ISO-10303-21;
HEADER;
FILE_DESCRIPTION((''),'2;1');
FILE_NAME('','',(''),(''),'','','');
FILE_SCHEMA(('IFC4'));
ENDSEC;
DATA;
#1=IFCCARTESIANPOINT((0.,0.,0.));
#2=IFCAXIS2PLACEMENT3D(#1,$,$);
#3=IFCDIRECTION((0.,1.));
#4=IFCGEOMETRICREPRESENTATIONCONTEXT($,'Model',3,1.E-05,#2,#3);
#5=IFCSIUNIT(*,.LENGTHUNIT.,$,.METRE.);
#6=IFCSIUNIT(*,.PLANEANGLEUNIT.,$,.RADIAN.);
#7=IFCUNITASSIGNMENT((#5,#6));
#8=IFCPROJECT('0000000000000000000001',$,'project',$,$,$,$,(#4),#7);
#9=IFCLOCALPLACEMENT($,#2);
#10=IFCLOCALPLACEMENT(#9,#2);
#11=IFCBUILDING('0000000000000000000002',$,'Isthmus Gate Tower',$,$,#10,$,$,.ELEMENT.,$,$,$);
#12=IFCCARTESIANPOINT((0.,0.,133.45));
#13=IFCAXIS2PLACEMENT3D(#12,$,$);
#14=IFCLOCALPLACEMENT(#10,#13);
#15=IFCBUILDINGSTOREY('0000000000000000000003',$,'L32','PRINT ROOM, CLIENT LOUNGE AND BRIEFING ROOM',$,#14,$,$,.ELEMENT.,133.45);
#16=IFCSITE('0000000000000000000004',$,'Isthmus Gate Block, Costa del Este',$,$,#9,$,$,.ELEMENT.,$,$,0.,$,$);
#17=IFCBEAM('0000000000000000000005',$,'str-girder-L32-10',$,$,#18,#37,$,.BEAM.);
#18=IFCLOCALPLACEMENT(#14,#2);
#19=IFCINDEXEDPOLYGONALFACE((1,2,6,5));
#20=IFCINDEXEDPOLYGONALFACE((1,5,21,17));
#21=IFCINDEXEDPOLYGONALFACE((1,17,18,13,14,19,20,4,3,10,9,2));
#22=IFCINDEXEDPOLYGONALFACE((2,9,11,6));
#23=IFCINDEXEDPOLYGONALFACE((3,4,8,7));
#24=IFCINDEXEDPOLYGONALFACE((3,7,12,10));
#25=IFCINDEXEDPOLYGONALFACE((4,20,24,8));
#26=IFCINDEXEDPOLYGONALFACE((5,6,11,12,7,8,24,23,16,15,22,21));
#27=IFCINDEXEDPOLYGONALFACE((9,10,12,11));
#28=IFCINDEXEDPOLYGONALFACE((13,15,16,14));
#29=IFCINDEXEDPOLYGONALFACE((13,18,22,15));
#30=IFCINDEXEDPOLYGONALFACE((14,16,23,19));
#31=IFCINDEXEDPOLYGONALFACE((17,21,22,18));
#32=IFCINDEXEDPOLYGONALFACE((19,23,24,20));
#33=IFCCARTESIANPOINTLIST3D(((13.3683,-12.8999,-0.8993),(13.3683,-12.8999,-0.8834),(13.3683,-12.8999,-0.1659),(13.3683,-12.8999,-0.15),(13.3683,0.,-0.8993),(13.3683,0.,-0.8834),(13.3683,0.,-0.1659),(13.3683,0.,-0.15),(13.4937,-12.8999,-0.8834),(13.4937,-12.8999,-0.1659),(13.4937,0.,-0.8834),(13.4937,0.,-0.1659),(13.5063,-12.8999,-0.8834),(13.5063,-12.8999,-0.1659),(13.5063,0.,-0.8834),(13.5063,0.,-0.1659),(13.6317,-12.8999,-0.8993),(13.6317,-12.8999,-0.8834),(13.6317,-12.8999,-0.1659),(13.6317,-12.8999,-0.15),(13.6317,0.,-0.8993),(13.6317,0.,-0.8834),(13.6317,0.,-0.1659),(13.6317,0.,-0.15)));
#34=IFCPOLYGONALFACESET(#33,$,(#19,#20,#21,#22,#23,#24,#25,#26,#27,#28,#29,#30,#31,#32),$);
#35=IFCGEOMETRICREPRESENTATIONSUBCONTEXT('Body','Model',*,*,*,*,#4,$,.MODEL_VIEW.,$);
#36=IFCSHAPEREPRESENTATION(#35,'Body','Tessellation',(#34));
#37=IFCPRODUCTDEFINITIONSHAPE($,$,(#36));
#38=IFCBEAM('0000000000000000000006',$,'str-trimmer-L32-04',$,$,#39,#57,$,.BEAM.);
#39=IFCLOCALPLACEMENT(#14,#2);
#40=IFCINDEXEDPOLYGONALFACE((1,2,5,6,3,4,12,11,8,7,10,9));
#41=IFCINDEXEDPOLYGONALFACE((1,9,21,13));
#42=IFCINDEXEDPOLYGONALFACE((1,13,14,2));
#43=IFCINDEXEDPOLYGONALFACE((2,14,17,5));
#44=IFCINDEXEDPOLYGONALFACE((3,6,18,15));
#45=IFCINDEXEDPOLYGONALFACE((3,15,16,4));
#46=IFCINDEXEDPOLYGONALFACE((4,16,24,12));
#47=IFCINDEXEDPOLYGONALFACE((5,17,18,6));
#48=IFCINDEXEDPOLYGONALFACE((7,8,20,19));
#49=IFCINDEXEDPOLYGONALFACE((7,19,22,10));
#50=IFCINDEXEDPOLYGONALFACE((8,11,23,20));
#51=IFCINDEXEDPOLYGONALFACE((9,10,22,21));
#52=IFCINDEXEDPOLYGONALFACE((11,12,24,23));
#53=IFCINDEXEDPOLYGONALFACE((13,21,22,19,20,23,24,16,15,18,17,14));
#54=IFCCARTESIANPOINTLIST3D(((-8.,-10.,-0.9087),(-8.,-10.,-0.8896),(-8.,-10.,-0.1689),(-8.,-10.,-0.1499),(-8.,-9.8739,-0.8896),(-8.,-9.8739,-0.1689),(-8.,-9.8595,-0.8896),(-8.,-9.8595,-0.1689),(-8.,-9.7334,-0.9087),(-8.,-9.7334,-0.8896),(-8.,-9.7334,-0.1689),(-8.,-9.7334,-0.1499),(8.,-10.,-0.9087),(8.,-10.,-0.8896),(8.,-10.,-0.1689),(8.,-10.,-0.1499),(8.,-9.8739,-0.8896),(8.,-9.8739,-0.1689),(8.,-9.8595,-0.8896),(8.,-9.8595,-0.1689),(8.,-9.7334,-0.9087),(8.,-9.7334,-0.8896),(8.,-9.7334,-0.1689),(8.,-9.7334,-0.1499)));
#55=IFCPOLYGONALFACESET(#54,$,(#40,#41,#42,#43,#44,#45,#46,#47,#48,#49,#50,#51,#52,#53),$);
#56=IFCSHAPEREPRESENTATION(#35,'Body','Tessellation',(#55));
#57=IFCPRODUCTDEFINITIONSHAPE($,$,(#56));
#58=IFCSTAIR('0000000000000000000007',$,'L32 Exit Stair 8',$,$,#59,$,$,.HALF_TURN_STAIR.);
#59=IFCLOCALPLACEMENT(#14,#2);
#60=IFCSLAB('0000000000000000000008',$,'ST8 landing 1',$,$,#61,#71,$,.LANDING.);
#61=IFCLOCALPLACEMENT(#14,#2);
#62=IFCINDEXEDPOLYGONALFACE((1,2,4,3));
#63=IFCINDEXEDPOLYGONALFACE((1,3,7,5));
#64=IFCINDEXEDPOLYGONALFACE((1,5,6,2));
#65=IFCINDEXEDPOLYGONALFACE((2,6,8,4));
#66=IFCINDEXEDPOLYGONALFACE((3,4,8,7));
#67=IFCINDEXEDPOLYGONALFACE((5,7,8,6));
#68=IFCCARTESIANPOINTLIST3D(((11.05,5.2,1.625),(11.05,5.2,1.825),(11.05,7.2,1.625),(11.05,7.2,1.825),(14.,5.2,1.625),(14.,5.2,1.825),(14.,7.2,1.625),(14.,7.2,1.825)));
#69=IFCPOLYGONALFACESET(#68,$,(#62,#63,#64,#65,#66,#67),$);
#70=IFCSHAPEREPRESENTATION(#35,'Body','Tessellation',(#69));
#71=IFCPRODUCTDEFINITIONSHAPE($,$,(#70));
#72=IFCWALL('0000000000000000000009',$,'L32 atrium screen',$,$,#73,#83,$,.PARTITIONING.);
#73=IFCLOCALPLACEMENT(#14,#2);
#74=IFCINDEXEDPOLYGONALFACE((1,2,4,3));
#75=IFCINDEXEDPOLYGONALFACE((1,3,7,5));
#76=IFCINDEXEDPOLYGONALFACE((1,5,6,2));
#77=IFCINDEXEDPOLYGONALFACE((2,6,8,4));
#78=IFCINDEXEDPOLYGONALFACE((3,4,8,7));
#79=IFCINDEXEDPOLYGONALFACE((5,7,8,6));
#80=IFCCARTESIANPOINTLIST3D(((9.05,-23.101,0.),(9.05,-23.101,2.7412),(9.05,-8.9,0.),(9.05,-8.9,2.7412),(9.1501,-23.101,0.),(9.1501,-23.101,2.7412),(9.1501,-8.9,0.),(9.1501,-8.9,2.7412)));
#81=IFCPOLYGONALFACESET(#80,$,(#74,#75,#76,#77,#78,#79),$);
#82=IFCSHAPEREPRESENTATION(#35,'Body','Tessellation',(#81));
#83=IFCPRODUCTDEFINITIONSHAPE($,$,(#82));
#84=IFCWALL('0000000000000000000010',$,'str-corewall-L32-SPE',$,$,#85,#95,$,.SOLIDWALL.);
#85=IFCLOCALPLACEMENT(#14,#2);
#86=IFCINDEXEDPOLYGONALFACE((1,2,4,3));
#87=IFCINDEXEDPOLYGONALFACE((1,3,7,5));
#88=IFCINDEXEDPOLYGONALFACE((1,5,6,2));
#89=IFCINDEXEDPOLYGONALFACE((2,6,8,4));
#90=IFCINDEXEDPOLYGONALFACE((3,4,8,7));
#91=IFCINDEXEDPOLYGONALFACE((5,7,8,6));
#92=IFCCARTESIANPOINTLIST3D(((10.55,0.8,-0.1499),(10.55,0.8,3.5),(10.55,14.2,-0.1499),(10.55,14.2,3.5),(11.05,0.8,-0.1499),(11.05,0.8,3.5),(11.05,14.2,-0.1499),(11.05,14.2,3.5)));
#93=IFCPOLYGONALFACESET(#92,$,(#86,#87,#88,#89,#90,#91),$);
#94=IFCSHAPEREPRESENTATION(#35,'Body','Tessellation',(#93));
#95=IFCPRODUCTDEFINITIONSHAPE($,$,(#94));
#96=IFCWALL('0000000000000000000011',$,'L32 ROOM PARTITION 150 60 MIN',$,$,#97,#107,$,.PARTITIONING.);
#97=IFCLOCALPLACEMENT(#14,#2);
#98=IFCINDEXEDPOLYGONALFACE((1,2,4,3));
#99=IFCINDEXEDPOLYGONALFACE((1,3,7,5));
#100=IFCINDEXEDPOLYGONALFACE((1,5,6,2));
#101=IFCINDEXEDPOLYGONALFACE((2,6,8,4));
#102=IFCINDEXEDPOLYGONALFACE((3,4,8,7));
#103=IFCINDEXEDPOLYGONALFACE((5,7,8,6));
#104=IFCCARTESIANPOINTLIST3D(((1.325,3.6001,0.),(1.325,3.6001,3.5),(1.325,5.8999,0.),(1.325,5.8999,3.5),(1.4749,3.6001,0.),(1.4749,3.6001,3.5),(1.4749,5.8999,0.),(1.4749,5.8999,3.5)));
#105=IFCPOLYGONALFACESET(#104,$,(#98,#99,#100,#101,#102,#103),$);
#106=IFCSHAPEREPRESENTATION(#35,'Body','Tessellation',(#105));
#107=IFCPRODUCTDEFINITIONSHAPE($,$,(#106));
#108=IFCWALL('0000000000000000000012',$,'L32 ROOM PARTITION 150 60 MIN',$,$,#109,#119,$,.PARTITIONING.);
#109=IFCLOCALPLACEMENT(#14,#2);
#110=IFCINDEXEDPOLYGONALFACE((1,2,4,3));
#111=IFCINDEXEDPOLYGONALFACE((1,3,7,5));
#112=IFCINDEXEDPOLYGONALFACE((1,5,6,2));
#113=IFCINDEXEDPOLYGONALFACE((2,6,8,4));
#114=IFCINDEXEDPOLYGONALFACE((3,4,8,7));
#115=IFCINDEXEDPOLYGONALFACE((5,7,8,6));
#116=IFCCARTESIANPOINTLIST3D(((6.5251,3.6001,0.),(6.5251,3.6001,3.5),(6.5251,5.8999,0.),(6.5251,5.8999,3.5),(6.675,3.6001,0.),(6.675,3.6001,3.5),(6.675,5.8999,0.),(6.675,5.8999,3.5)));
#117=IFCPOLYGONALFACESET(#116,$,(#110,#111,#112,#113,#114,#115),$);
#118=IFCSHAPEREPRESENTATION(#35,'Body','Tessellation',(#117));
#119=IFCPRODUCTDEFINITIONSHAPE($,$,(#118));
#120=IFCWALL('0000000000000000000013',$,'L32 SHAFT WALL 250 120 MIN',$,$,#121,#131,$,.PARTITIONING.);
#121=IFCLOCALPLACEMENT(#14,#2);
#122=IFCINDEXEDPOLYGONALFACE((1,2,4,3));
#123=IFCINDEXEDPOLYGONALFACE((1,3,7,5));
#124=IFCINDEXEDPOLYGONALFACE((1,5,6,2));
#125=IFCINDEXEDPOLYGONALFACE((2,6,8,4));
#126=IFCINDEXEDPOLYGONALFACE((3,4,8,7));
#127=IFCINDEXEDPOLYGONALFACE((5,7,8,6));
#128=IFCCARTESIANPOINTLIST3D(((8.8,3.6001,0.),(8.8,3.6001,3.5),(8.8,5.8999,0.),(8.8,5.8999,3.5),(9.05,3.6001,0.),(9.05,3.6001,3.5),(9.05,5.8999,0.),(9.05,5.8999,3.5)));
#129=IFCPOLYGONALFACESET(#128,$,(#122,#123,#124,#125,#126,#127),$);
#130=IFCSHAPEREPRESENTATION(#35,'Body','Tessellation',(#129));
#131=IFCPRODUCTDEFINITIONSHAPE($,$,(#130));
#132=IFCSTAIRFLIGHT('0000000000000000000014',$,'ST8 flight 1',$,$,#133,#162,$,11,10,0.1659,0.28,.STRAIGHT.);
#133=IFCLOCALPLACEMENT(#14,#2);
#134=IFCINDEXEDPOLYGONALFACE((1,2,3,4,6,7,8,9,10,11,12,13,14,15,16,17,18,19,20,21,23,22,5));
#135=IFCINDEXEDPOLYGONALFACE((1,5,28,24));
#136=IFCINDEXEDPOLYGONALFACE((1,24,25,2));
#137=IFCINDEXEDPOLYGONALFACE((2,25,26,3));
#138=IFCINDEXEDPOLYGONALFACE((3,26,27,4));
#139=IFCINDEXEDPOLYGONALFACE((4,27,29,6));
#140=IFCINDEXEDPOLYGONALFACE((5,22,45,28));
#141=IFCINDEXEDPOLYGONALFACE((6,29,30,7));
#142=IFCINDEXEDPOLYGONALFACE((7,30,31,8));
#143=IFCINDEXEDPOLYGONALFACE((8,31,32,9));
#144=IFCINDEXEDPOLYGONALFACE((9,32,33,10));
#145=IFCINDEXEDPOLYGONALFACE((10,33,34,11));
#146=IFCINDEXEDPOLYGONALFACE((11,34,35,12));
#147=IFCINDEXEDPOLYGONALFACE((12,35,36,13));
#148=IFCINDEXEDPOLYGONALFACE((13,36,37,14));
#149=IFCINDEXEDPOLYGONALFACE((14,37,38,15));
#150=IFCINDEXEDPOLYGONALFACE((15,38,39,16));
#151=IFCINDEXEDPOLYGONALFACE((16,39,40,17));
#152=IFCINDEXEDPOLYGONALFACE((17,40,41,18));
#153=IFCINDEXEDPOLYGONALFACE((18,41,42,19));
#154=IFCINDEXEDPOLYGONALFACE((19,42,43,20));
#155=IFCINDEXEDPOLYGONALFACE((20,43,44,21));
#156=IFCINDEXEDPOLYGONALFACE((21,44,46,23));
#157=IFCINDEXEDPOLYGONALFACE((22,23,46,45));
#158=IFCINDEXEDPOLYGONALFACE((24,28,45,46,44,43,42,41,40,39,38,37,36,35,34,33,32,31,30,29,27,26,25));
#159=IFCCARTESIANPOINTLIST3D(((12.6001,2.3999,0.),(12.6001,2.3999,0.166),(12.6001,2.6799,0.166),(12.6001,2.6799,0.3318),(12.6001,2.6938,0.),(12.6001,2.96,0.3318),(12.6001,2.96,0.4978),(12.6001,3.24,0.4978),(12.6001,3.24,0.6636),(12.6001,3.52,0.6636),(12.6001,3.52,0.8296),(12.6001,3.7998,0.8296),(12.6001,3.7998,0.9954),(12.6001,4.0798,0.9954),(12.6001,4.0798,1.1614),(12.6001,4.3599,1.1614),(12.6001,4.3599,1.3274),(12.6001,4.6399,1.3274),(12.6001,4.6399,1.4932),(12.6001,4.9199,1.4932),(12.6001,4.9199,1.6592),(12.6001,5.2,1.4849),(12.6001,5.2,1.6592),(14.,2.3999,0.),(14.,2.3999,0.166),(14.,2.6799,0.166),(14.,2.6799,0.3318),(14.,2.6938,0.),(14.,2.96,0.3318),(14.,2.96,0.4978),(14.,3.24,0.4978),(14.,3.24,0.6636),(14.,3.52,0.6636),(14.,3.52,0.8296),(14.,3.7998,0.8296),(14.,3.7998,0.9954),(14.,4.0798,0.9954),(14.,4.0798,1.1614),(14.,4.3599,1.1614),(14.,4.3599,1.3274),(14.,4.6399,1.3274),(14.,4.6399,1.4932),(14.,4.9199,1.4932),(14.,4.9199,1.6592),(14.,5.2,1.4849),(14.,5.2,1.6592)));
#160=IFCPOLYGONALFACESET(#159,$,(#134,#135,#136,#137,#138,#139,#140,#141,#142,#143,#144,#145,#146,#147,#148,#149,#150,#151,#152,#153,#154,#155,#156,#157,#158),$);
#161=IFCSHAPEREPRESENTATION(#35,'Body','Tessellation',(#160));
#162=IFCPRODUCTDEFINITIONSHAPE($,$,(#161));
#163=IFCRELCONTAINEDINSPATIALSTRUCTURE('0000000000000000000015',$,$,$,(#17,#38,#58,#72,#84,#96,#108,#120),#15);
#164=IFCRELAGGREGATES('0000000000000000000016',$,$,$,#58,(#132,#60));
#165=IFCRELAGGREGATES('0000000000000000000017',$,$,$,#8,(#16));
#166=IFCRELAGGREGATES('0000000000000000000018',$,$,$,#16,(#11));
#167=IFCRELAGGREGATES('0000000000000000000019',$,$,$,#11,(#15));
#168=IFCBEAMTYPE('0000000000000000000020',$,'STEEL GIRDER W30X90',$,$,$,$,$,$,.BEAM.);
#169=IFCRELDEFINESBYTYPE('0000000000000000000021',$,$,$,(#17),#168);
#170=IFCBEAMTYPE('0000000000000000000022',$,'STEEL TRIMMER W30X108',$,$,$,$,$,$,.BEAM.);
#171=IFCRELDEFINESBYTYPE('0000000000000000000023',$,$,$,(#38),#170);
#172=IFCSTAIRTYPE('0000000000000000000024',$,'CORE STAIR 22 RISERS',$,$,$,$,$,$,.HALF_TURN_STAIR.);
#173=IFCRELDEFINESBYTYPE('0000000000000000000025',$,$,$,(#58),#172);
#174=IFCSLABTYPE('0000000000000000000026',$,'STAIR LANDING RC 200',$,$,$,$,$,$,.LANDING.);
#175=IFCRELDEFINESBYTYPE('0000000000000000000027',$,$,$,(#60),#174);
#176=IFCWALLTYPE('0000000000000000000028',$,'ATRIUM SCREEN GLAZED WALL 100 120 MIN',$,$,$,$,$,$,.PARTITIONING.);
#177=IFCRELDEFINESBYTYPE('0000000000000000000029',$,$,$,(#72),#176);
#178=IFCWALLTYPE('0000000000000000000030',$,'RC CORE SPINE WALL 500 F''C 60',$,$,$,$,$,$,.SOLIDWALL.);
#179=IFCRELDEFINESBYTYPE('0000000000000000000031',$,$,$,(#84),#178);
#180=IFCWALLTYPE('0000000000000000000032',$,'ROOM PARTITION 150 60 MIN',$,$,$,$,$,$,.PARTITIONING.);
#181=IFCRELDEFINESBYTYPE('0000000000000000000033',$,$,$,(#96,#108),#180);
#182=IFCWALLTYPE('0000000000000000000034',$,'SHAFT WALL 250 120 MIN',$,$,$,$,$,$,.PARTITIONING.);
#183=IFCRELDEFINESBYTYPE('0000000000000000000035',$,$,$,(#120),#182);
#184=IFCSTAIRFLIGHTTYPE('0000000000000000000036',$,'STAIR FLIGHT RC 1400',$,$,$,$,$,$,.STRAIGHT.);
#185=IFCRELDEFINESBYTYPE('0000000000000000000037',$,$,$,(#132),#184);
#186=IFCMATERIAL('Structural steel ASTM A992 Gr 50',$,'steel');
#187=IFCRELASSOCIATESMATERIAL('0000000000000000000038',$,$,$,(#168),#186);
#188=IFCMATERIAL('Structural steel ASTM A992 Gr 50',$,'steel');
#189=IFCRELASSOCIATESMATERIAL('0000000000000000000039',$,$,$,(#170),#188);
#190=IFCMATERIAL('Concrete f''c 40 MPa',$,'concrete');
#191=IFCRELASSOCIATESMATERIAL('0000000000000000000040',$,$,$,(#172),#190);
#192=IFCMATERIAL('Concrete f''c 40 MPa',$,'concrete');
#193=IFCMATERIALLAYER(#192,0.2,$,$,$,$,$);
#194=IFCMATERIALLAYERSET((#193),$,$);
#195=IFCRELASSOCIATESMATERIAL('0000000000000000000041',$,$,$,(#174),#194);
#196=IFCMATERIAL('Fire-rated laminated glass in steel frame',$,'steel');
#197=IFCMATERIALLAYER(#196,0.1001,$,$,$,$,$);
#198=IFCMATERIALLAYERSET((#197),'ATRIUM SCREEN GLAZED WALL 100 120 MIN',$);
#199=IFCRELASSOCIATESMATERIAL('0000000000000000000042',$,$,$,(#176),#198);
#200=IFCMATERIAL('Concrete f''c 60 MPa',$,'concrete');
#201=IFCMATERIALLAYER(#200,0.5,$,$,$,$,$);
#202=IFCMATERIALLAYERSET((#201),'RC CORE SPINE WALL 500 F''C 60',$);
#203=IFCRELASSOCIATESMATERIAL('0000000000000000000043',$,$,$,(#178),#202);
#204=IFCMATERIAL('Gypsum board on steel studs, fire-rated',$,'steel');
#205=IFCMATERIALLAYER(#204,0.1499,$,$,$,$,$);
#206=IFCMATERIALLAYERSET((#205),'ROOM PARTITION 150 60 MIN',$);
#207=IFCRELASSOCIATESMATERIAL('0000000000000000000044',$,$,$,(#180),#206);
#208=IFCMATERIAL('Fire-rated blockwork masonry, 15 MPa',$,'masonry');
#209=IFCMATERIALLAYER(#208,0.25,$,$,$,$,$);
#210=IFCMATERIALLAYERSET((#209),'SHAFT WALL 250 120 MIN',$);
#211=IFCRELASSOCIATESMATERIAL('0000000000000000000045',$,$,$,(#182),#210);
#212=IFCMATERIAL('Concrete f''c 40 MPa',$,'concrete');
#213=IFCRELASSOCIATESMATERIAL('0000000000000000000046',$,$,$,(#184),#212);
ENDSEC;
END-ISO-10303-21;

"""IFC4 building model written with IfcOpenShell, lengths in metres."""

from ifc_helpers import new_model, si_unit, direction, frame, frame_2d, origin, origin_2d, place, context, subcontext, project, spatial, polyline, rectangle, i_section, outline, extrude, material, layer, layer_set, material_profile, profile_set, type_object, element, aggregate, save


model = new_model("IFC4")

# Units and contexts
model_context = context("Model", 3, precision=1e-05, world=origin(), true_north=direction((0.0, 1.0)))
body_context = subcontext(model_context, "Body", "Model", "MODEL_VIEW")
ifc_project = project(units=[si_unit("LENGTHUNIT", "METRE"), si_unit("PLANEANGLEUNIT", "RADIAN")], contexts=[model_context])

# Site, building, storey
site_placement = place(None, origin())
site = spatial("IfcSite", under=ifc_project, at=site_placement, Name="Isthmus Gate Block, Costa del Este", CompositionType="ELEMENT", RefElevation=0.0)
building_placement = place(site_placement, origin())
building = spatial("IfcBuilding", under=site, at=building_placement, Name="Isthmus Gate Tower", CompositionType="ELEMENT")
storey_placement = place(building_placement, frame((0.0, 0.0, 133.45)))
storey = spatial("IfcBuildingStorey", under=building, at=storey_placement, Name="L32", Description="PRINT ROOM, CLIENT LOUNGE AND BRIEFING ROOM", CompositionType="ELEMENT", Elevation=133.45)

# Beams
ifc_material_1 = material(Name="Structural steel ASTM A992 Gr 50", Category="steel")
ifc_material_profile_1 = material_profile(ifc_material_1, i_section(OverallWidth=0.2634, OverallDepth=0.7493, WebThickness=0.0127, FlangeThickness=0.0159, at=origin_2d()), Name="W30X90")
ifc_profile_set_1 = profile_set([ifc_material_profile_1], Name="Structural steel ASTM A992 Gr 50")
beam_type_1 = type_object("IfcBeamType", Name="STEEL GIRDER W30X90", PredefinedType="BEAM", material=ifc_profile_set_1)
beam_1_placement = place(storey_placement, frame((13.5, -12.8999, -0.5247), z_axis=(0.0, 1.0, 0.0), x_axis=(-1.0, 0.0, 0.0)))
element("IfcBeam", 1, at=beam_1_placement, inside=storey, type_object=beam_type_1, Name="str-girder-L32-10", PredefinedType="BEAM", context=body_context, shape_type="SweptSolid", body=[
    extrude(i_section(OverallWidth=0.2634, OverallDepth=0.7493, WebThickness=0.0127, FlangeThickness=0.0159, at=origin_2d()), origin(), (0.0, 0.0, 1.0), 12.8999),
])
ifc_material_2 = material(Name="Structural steel ASTM A992 Gr 50", Category="steel")
ifc_material_profile_2 = material_profile(ifc_material_2, i_section(OverallWidth=0.2666, OverallDepth=0.7588, WebThickness=0.0144, FlangeThickness=0.019, at=origin_2d()), Name="W30X108")
ifc_profile_set_2 = profile_set([ifc_material_profile_2], Name="Structural steel ASTM A992 Gr 50")
beam_type_2 = type_object("IfcBeamType", Name="STEEL TRIMMER W30X108", PredefinedType="BEAM", material=ifc_profile_set_2)
beam_2_placement = place(storey_placement, frame((8.0, -9.8667, -0.5293), z_axis=(-1.0, 0.0, 0.0), x_axis=(0.0, -1.0, 0.0)))
element("IfcBeam", 2, at=beam_2_placement, inside=storey, type_object=beam_type_2, Name="str-trimmer-L32-04", PredefinedType="BEAM", context=body_context, shape_type="SweptSolid", body=[
    extrude(i_section(OverallWidth=0.2666, OverallDepth=0.7588, WebThickness=0.0144, FlangeThickness=0.019, at=origin_2d()), origin(), (0.0, 0.0, 1.0), 16.0),
])

# Stair, slab
ifc_material_3 = material(Name="Concrete f'c 40 MPa", Category="concrete")
stair_type = type_object("IfcStairType", Name="CORE STAIR 22 RISERS", PredefinedType="HALF_TURN_STAIR", material=ifc_material_3)
stair_placement = place(storey_placement, origin())
stair = element("IfcStair", 3, at=stair_placement, inside=storey, type_object=stair_type, Name="L32 Exit Stair 8", PredefinedType="HALF_TURN_STAIR")
ifc_material_4 = material(Name="Concrete f'c 40 MPa", Category="concrete")
ifc_layer_1 = layer(ifc_material_4, 0.2)
ifc_layer_set_1 = layer_set([ifc_layer_1])
slab_type = type_object("IfcSlabType", Name="STAIR LANDING RC 200", PredefinedType="LANDING", material=ifc_layer_set_1)
slab_placement = place(storey_placement, frame((0.0, 0.0, 1.625)))
slab = element("IfcSlab", 4, at=slab_placement, type_object=slab_type, Name="ST8 landing 1", PredefinedType="LANDING", context=body_context, shape_type="SweptSolid", body=[
    extrude(outline(polyline([(14.0, 5.2), (14.0, 7.2), (11.05, 7.2), (11.05, 5.2), (14.0, 5.2)])), origin(), (0.0, 0.0, 1.0), 0.2),
])

# Walls
ifc_material_5 = material(Name="Fire-rated laminated glass in steel frame", Category="steel")
ifc_layer_2 = layer(ifc_material_5, 0.1001)
ifc_layer_set_2 = layer_set([ifc_layer_2], Name="ATRIUM SCREEN GLAZED WALL 100 120 MIN")
wall_type_1 = type_object("IfcWallType", Name="ATRIUM SCREEN GLAZED WALL 100 120 MIN", PredefinedType="PARTITIONING", material=ifc_layer_set_2)
wall_1_placement = place(storey_placement, frame((9.1001, -8.8999, 0.0), z_axis=(0.0, 0.0, 1.0), x_axis=(0.0, -1.0, 0.0)))
element("IfcWall", 5, at=wall_1_placement, inside=storey, type_object=wall_type_1, Name="L32 atrium screen", PredefinedType="PARTITIONING", context=body_context, shape_type="SweptSolid", body=[
    extrude(rectangle(XDim=14.2009, YDim=0.1001, at=frame_2d((7.1006, 0.0))), origin(), (0.0, 0.0, 1.0), 2.7412),
])
ifc_material_6 = material(Name="Concrete f'c 60 MPa", Category="concrete")
ifc_layer_3 = layer(ifc_material_6, 0.5)
ifc_layer_set_3 = layer_set([ifc_layer_3], Name="RC CORE SPINE WALL 500 F'C 60")
wall_type_2 = type_object("IfcWallType", Name="RC CORE SPINE WALL 500 F'C 60", PredefinedType="SOLIDWALL", material=ifc_layer_set_3)
wall_2_placement = place(storey_placement, frame((10.8, 0.8, -0.1499), z_axis=(0.0, 0.0, 1.0), x_axis=(0.0, 1.0, 0.0)))
element("IfcWall", 6, at=wall_2_placement, inside=storey, type_object=wall_type_2, Name="str-corewall-L32-SPE", PredefinedType="SOLIDWALL", context=body_context, shape_type="SweptSolid", body=[
    extrude(rectangle(XDim=13.3999, YDim=0.5, at=frame_2d((6.7, 0.0))), origin(), (0.0, 0.0, 1.0), 3.6499),
])
ifc_material_7 = material(Name="Gypsum board on steel studs, fire-rated", Category="steel")
ifc_layer_4 = layer(ifc_material_7, 0.1499)
ifc_layer_set_4 = layer_set([ifc_layer_4], Name="ROOM PARTITION 150 60 MIN")
wall_type_3 = type_object("IfcWallType", Name="ROOM PARTITION 150 60 MIN", PredefinedType="PARTITIONING", material=ifc_layer_set_4)
for number, where, z_axis, x_axis, name in (
    (7, (1.3999, 3.6001, 0.0), (0.0, 0.0, 1.0), (0.0, 1.0, 0.0), "L32 ROOM PARTITION 150 60 MIN"),
    (8, (6.6001, 3.6001, 0.0), (0.0, 0.0, 1.0), (0.0, 1.0, 0.0), "L32 ROOM PARTITION 150 60 MIN"),
):
    element("IfcWall", number, at=place(storey_placement, frame(where, z_axis=z_axis, x_axis=x_axis)), inside=storey, type_object=wall_type_3, Name=name, PredefinedType="PARTITIONING", context=body_context, shape_type="SweptSolid", body=[
        extrude(rectangle(XDim=2.2998, YDim=0.1499, at=frame_2d((1.1499, 0.0))), origin(), (0.0, 0.0, 1.0), 3.5),
    ])
ifc_material_8 = material(Name="Fire-rated blockwork masonry, 15 MPa", Category="masonry")
ifc_layer_5 = layer(ifc_material_8, 0.25)
ifc_layer_set_5 = layer_set([ifc_layer_5], Name="SHAFT WALL 250 120 MIN")
wall_type_4 = type_object("IfcWallType", Name="SHAFT WALL 250 120 MIN", PredefinedType="PARTITIONING", material=ifc_layer_set_5)
wall_3_placement = place(storey_placement, frame((8.925, 3.6001, 0.0), z_axis=(0.0, 0.0, 1.0), x_axis=(0.0, 1.0, 0.0)))
element("IfcWall", 9, at=wall_3_placement, inside=storey, type_object=wall_type_4, Name="L32 SHAFT WALL 250 120 MIN", PredefinedType="PARTITIONING", context=body_context, shape_type="SweptSolid", body=[
    extrude(rectangle(XDim=2.2998, YDim=0.25, at=frame_2d((1.1499, 0.0))), origin(), (0.0, 0.0, 1.0), 3.5),
])

# Stair flight
ifc_material_9 = material(Name="Concrete f'c 40 MPa", Category="concrete")
stair_flight_type = type_object("IfcStairFlightType", Name="STAIR FLIGHT RC 1400", PredefinedType="STRAIGHT", material=ifc_material_9)
stair_flight_placement = place(storey_placement, frame((13.3, 2.3999, 0.0), z_axis=(0.0, 0.0, 1.0), x_axis=(0.0, 1.0, 0.0)))
stair_flight = element("IfcStairFlight", 10, at=stair_flight_placement, type_object=stair_flight_type, Name="ST8 flight 1", NumberOfRisers=11, NumberOfTreads=10, PredefinedType="STRAIGHT", RiserHeight=0.1659, TreadLength=0.28, context=body_context, shape_type="SweptSolid", body=[
    extrude(outline(polyline([(0.0, 0.0), (0.0, 0.166), (0.28, 0.166), (0.28, 0.3318), (0.5601, 0.3318), (0.5601, 0.4978), (0.8401, 0.4978), (0.8401, 0.6636), (1.1201, 0.6636), (1.1201, 0.8296), (1.3999, 0.8296), (1.3999, 0.9954), (1.6799, 0.9954), (1.6799, 1.1614), (1.96, 1.1614), (1.96, 1.3274), (2.24, 1.3274), (2.24, 1.4932), (2.52, 1.4932), (2.52, 1.6592), (2.8, 1.6592), (2.8, 1.825), (2.8, 1.4849), (0.2939, 0.0), (0.0, 0.0)])), frame((0.0, 0.7, 0.0), z_axis=(0.0, -1.0, 0.0), x_axis=(1.0, 0.0, 0.0)), (0.0, 0.0, 1.0), 1.3999),
])
aggregate(stair, [stair_flight, slab])

save(model, "model.ifc")
